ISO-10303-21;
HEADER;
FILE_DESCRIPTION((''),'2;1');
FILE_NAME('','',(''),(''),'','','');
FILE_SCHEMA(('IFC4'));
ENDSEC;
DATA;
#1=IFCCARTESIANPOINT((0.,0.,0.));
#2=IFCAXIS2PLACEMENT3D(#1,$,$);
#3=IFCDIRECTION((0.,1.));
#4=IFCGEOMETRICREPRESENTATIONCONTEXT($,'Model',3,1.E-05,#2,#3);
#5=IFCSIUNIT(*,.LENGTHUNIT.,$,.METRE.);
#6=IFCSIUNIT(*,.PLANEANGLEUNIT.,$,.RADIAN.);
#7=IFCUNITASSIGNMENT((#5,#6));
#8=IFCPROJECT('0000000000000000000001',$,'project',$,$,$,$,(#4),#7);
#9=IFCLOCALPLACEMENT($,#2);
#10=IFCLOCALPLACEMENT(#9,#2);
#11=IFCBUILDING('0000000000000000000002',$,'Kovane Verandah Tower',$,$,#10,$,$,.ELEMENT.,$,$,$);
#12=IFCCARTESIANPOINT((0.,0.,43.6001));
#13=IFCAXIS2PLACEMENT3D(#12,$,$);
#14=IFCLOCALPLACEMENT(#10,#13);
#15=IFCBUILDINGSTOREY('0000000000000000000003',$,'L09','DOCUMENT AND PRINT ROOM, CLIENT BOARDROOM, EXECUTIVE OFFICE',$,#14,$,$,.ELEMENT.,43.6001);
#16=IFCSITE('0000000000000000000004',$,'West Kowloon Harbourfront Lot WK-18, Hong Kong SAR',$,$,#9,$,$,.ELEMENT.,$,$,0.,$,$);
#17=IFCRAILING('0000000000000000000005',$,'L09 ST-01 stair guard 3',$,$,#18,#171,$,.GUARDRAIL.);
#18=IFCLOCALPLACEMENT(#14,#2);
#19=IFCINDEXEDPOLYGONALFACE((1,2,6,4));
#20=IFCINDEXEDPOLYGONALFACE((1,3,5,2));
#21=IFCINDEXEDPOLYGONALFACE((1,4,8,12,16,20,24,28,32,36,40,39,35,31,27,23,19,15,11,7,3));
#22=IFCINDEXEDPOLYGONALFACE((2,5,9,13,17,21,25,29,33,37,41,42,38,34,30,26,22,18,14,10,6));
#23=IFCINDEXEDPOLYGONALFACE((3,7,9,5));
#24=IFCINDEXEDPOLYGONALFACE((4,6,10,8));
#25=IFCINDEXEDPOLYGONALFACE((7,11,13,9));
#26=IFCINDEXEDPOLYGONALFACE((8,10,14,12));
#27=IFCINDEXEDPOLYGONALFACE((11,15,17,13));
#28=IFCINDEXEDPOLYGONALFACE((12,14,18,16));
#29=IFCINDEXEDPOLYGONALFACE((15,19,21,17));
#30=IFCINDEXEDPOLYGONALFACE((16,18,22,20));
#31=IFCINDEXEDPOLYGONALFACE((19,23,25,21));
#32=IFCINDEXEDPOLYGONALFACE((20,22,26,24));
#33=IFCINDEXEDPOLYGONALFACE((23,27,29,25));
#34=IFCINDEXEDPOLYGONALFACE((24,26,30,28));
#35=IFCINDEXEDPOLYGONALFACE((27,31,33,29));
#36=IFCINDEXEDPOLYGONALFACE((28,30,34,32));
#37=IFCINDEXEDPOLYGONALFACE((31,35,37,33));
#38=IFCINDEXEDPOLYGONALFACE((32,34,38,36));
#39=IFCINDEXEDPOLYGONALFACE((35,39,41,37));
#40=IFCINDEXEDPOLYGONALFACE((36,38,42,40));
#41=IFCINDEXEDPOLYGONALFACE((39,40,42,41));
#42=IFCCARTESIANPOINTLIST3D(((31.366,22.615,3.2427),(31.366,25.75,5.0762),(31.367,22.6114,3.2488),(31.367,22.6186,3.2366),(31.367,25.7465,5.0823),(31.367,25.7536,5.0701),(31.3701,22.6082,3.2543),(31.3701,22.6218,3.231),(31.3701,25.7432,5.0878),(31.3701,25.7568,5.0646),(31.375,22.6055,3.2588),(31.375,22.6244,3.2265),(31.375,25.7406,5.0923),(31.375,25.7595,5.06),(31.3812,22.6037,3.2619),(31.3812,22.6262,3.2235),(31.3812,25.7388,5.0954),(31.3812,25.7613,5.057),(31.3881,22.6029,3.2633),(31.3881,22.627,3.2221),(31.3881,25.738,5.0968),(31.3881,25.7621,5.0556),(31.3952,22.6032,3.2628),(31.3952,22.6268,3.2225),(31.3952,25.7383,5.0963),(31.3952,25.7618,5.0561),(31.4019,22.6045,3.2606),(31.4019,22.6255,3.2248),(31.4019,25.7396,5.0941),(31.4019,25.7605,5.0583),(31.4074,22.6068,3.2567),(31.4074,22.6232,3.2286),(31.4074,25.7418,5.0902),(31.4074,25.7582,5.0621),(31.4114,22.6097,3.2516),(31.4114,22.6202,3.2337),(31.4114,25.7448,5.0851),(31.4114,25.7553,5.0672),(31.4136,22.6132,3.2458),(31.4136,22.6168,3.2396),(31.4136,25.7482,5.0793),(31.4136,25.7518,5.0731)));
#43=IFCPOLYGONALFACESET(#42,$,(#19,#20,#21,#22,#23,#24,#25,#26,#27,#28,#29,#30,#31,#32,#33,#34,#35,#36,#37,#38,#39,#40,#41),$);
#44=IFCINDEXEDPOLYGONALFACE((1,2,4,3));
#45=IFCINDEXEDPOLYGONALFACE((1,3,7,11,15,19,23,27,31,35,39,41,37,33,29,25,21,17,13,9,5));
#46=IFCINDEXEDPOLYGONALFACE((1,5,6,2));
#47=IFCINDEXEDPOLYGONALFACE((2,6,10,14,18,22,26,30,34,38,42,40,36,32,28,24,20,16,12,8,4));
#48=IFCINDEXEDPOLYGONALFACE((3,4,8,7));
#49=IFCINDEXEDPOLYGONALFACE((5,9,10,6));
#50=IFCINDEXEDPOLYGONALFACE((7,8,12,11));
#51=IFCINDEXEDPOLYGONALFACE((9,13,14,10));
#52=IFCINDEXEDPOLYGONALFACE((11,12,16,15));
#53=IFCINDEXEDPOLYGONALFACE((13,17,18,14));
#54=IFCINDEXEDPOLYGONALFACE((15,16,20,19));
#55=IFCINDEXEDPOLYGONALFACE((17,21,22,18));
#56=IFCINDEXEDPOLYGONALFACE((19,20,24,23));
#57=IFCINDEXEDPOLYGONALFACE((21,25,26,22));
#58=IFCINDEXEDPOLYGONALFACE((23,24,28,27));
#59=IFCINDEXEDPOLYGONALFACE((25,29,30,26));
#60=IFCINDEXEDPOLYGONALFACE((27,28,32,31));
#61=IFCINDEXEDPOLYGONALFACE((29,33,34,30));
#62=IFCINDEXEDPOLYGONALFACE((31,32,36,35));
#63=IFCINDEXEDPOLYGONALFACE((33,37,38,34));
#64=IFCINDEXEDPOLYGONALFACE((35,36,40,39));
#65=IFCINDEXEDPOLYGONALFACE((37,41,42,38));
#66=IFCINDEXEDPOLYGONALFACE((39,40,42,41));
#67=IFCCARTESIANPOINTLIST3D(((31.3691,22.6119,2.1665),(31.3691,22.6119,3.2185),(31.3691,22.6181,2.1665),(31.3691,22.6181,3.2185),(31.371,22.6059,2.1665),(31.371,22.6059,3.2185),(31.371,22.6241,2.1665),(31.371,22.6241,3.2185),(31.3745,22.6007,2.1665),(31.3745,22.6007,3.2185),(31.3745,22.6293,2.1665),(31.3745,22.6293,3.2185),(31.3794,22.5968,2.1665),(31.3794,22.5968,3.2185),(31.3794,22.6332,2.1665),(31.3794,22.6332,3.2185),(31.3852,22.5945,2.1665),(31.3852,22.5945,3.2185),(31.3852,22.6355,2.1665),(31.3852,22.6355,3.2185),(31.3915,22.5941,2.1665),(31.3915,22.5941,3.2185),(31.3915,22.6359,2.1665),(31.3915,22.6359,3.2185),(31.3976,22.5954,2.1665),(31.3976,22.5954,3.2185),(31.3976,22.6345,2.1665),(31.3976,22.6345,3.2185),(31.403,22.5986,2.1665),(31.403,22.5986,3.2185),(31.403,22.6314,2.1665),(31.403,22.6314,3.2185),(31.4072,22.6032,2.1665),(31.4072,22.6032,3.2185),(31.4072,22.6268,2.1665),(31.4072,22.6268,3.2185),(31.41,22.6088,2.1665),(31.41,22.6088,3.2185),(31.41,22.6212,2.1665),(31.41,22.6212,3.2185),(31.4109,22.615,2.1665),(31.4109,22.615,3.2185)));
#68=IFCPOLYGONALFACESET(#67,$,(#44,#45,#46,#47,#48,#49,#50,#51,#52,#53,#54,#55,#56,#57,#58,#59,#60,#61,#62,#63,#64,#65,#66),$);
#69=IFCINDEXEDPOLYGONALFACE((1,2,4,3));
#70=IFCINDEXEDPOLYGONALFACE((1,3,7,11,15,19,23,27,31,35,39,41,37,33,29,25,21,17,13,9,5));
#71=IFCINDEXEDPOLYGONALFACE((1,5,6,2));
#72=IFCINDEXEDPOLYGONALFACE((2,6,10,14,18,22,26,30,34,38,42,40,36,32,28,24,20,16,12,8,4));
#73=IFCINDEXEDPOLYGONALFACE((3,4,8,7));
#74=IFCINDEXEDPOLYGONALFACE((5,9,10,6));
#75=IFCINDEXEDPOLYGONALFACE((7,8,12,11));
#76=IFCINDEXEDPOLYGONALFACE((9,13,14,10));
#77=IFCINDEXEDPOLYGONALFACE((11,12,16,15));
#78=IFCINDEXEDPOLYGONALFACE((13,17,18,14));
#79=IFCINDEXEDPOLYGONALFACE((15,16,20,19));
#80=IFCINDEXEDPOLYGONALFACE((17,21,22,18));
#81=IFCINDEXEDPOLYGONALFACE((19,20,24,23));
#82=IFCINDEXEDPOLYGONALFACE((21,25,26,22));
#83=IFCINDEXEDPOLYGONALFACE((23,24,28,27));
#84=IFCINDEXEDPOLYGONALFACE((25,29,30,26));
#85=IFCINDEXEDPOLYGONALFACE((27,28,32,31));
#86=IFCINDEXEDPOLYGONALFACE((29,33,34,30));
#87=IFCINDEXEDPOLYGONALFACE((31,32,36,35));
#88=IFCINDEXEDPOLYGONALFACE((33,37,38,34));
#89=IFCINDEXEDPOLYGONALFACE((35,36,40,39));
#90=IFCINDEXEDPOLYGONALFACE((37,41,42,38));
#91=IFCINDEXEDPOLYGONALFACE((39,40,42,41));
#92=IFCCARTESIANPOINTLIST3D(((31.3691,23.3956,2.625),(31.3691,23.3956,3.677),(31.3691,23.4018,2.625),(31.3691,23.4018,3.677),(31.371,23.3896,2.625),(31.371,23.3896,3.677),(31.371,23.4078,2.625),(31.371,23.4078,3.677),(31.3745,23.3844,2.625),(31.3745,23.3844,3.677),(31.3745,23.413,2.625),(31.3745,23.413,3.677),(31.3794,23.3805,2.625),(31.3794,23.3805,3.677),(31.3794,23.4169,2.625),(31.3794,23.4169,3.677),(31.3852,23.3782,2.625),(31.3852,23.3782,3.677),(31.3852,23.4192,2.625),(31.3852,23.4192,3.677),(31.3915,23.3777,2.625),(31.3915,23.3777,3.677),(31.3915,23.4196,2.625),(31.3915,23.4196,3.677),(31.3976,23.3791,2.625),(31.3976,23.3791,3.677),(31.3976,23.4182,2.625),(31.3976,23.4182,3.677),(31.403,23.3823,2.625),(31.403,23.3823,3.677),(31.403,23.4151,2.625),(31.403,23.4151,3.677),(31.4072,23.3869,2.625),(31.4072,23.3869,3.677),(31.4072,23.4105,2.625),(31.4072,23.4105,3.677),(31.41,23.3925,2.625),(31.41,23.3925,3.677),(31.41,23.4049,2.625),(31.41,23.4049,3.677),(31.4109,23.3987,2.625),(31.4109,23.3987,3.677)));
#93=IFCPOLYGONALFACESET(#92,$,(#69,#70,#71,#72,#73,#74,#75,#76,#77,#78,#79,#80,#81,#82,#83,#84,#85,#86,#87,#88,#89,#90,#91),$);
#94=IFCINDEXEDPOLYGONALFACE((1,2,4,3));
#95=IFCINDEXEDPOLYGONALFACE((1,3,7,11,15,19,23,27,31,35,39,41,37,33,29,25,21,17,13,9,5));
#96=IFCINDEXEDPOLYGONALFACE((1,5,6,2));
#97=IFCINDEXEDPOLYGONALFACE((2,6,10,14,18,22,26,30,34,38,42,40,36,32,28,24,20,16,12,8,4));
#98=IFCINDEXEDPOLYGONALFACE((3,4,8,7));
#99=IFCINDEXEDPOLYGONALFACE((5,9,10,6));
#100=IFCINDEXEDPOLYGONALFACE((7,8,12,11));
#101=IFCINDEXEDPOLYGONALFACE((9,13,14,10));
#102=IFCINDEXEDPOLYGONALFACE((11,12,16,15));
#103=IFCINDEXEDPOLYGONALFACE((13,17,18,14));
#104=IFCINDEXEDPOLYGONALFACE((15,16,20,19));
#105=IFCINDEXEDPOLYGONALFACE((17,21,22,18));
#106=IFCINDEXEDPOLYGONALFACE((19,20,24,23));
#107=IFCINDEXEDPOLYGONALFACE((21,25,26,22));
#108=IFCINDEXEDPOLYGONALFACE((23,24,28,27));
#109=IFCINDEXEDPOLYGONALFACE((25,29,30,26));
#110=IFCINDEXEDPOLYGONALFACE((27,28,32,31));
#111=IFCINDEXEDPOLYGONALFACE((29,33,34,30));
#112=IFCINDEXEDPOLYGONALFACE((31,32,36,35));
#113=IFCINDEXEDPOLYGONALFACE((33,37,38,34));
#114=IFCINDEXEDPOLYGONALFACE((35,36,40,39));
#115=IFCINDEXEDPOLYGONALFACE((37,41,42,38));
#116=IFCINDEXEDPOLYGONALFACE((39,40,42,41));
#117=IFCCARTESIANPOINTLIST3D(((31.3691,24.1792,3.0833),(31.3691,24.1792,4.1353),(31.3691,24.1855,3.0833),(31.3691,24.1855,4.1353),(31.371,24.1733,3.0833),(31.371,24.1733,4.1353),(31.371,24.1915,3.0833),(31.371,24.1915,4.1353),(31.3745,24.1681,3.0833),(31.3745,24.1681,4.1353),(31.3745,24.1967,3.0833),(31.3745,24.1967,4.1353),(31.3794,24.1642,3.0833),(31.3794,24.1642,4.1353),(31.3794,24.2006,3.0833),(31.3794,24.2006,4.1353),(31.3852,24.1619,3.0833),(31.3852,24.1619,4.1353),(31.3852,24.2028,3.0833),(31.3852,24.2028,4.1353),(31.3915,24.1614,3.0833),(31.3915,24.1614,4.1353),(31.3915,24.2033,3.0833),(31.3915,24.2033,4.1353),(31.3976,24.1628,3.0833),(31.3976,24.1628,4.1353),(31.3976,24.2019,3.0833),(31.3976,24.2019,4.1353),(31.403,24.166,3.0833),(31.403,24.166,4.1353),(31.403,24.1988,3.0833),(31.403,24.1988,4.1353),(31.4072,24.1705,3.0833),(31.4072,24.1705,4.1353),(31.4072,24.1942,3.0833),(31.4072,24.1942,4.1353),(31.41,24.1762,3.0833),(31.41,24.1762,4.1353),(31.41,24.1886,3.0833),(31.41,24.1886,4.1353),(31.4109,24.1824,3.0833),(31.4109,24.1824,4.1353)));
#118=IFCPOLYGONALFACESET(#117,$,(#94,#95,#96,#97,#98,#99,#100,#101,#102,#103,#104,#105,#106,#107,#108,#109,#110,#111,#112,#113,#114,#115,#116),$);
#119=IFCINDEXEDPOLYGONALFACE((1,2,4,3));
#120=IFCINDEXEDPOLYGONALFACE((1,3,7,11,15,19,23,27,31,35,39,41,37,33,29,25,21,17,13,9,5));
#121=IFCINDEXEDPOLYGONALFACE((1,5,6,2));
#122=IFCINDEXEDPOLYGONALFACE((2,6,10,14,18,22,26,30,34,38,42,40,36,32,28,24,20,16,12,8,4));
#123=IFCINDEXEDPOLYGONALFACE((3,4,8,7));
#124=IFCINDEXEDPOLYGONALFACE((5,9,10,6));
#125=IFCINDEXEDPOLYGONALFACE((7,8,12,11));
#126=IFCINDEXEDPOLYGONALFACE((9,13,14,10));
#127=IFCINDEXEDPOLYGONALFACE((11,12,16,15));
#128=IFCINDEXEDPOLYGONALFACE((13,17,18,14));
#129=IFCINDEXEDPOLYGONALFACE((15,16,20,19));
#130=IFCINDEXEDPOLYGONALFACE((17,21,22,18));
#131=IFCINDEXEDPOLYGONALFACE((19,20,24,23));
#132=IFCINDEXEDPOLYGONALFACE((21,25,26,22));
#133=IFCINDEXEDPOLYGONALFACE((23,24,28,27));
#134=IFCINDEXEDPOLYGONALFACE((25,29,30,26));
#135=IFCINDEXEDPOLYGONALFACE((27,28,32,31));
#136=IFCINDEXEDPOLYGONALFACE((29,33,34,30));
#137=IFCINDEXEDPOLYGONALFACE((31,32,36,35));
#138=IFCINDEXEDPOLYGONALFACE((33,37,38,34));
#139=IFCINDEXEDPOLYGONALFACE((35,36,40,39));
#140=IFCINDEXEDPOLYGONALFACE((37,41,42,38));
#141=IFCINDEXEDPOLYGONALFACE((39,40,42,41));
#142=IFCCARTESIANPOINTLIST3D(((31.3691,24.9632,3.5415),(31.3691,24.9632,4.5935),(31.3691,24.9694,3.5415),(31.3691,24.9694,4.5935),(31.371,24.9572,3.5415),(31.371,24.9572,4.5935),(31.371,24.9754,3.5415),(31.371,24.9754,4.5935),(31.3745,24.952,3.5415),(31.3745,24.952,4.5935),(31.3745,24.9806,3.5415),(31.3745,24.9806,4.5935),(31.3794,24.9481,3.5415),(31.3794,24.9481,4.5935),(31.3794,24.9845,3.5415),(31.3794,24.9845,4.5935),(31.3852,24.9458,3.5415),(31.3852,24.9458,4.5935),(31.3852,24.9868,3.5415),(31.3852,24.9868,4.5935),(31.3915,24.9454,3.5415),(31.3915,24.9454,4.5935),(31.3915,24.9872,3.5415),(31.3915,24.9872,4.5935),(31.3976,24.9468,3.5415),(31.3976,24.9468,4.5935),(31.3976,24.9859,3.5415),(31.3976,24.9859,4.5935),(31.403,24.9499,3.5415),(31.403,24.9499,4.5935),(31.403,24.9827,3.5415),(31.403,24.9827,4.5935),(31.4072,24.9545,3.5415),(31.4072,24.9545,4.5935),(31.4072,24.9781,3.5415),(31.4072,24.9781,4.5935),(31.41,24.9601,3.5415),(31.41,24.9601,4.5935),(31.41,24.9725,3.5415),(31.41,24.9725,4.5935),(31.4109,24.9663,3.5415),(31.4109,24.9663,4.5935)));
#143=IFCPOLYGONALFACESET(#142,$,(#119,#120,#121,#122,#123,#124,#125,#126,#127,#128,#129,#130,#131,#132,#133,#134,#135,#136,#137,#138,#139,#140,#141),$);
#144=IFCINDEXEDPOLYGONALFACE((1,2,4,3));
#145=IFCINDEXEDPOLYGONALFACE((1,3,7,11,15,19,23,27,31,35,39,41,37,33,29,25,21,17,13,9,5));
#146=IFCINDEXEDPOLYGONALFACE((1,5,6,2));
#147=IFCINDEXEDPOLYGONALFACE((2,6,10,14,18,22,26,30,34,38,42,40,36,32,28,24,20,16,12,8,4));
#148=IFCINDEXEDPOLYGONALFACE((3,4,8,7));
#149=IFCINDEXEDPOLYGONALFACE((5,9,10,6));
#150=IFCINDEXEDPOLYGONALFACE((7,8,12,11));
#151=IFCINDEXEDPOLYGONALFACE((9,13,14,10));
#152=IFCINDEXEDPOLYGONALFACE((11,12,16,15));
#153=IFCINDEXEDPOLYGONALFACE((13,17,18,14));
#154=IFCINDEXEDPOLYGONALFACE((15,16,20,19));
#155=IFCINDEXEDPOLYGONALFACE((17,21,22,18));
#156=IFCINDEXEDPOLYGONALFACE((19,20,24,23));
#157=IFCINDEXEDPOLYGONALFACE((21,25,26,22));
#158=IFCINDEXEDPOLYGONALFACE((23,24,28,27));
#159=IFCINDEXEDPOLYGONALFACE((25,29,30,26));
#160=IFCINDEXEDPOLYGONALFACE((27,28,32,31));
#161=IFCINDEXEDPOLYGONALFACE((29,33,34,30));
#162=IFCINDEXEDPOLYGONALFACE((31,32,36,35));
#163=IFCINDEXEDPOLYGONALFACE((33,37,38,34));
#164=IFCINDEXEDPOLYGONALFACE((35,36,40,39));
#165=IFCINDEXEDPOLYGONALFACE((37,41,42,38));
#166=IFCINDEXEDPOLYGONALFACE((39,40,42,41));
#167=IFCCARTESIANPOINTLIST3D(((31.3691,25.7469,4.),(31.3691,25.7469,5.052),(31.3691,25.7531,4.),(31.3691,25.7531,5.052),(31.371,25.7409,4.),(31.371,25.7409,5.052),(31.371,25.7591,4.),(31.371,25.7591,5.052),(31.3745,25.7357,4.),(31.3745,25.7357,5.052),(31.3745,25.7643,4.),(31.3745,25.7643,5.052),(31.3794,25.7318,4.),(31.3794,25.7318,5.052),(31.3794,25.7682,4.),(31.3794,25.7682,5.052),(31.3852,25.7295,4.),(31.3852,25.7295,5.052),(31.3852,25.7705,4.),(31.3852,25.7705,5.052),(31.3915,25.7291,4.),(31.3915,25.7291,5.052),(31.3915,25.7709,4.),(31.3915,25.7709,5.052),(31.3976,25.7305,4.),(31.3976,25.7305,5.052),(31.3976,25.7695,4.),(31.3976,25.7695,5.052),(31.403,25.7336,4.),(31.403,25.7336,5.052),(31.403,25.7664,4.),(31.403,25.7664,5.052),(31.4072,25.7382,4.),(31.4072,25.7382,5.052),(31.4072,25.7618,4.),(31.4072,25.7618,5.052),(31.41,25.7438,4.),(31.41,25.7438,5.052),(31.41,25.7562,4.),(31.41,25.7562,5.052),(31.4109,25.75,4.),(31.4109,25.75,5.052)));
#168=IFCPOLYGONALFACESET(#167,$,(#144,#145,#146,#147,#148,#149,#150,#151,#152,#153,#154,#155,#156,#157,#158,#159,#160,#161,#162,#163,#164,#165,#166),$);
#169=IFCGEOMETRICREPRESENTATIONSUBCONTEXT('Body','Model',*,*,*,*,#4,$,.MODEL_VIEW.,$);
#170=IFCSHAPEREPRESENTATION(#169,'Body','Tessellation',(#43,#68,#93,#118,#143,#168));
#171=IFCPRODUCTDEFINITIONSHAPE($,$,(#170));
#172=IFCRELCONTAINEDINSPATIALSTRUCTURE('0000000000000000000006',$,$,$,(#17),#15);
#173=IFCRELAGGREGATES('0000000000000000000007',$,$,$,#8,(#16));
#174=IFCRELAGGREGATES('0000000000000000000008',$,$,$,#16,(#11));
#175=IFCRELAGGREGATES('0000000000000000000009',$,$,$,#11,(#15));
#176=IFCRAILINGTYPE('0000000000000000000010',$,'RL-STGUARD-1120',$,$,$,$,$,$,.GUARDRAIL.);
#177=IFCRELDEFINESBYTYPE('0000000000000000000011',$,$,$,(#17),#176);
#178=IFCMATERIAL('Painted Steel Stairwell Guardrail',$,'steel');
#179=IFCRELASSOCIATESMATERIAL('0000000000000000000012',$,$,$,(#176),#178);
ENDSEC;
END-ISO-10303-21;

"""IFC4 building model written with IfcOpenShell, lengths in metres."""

from ifc_helpers import new_model, si_unit, direction, frame, origin, origin_2d, place, context, subcontext, project, spatial, circle, extrude, material, type_object, element, save


model = new_model("IFC4")

# Units and contexts
model_context = context("Model", 3, precision=1e-05, world=origin(), true_north=direction((0.0, 1.0)))
body_context = subcontext(model_context, "Body", "Model", "MODEL_VIEW")
ifc_project = project(units=[si_unit("LENGTHUNIT", "METRE"), si_unit("PLANEANGLEUNIT", "RADIAN")], contexts=[model_context])

# Site, building, storey
site_placement = place(None, origin())
site = spatial("IfcSite", under=ifc_project, at=site_placement, Name="West Kowloon Harbourfront Lot WK-18, Hong Kong SAR", CompositionType="ELEMENT", RefElevation=0.0)
building_placement = place(site_placement, origin())
building = spatial("IfcBuilding", under=site, at=building_placement, Name="Kovane Verandah Tower", CompositionType="ELEMENT")
storey_placement = place(building_placement, frame((0.0, 0.0, 43.6001)))
storey = spatial("IfcBuildingStorey", under=building, at=storey_placement, Name="L09", Description="DOCUMENT AND PRINT ROOM, CLIENT BOARDROOM, EXECUTIVE OFFICE", CompositionType="ELEMENT", Elevation=43.6001)

# Railing
ifc_material_1 = material(Name="Painted Steel Stairwell Guardrail", Category="steel")
railing_type_1 = type_object("IfcRailingType", Name="RL-STGUARD-1120", PredefinedType="GUARDRAIL", material=ifc_material_1)
railing_1_placement = place(storey_placement, frame((31.3899, 22.615, 2.1665)))
element("IfcRailing", 1, at=railing_1_placement, inside=storey, type_object=railing_type_1, Name="L09 ST-01 stair guard 3", PredefinedType="GUARDRAIL", context=body_context, shape_type="SweptSolid", body=[
    extrude(circle(Radius=0.0239, at=origin_2d()), frame((0.0, 0.0, 1.0762), z_axis=(0.0, 0.86321, 0.504845), x_axis=(-1.0, 0.0, 0.0)), (0.0, 0.0, 1.0), 3.6318),
    extrude(circle(Radius=0.021, at=origin_2d()), origin(), (0.0, 0.0, 1.0), 1.052),
    extrude(circle(Radius=0.021, at=origin_2d()), frame((0.0, 0.7837, 0.4585)), (0.0, 0.0, 1.0), 1.052),
    extrude(circle(Radius=0.021, at=origin_2d()), frame((0.0, 1.5674, 0.9167)), (0.0, 0.0, 1.0), 1.052),
    extrude(circle(Radius=0.021, at=origin_2d()), frame((0.0, 2.3513, 1.375)), (0.0, 0.0, 1.0), 1.052),
    extrude(circle(Radius=0.021, at=origin_2d()), frame((0.0, 3.135, 1.8335)), (0.0, 0.0, 1.0), 1.052),
])

save(model, "model.ifc")
